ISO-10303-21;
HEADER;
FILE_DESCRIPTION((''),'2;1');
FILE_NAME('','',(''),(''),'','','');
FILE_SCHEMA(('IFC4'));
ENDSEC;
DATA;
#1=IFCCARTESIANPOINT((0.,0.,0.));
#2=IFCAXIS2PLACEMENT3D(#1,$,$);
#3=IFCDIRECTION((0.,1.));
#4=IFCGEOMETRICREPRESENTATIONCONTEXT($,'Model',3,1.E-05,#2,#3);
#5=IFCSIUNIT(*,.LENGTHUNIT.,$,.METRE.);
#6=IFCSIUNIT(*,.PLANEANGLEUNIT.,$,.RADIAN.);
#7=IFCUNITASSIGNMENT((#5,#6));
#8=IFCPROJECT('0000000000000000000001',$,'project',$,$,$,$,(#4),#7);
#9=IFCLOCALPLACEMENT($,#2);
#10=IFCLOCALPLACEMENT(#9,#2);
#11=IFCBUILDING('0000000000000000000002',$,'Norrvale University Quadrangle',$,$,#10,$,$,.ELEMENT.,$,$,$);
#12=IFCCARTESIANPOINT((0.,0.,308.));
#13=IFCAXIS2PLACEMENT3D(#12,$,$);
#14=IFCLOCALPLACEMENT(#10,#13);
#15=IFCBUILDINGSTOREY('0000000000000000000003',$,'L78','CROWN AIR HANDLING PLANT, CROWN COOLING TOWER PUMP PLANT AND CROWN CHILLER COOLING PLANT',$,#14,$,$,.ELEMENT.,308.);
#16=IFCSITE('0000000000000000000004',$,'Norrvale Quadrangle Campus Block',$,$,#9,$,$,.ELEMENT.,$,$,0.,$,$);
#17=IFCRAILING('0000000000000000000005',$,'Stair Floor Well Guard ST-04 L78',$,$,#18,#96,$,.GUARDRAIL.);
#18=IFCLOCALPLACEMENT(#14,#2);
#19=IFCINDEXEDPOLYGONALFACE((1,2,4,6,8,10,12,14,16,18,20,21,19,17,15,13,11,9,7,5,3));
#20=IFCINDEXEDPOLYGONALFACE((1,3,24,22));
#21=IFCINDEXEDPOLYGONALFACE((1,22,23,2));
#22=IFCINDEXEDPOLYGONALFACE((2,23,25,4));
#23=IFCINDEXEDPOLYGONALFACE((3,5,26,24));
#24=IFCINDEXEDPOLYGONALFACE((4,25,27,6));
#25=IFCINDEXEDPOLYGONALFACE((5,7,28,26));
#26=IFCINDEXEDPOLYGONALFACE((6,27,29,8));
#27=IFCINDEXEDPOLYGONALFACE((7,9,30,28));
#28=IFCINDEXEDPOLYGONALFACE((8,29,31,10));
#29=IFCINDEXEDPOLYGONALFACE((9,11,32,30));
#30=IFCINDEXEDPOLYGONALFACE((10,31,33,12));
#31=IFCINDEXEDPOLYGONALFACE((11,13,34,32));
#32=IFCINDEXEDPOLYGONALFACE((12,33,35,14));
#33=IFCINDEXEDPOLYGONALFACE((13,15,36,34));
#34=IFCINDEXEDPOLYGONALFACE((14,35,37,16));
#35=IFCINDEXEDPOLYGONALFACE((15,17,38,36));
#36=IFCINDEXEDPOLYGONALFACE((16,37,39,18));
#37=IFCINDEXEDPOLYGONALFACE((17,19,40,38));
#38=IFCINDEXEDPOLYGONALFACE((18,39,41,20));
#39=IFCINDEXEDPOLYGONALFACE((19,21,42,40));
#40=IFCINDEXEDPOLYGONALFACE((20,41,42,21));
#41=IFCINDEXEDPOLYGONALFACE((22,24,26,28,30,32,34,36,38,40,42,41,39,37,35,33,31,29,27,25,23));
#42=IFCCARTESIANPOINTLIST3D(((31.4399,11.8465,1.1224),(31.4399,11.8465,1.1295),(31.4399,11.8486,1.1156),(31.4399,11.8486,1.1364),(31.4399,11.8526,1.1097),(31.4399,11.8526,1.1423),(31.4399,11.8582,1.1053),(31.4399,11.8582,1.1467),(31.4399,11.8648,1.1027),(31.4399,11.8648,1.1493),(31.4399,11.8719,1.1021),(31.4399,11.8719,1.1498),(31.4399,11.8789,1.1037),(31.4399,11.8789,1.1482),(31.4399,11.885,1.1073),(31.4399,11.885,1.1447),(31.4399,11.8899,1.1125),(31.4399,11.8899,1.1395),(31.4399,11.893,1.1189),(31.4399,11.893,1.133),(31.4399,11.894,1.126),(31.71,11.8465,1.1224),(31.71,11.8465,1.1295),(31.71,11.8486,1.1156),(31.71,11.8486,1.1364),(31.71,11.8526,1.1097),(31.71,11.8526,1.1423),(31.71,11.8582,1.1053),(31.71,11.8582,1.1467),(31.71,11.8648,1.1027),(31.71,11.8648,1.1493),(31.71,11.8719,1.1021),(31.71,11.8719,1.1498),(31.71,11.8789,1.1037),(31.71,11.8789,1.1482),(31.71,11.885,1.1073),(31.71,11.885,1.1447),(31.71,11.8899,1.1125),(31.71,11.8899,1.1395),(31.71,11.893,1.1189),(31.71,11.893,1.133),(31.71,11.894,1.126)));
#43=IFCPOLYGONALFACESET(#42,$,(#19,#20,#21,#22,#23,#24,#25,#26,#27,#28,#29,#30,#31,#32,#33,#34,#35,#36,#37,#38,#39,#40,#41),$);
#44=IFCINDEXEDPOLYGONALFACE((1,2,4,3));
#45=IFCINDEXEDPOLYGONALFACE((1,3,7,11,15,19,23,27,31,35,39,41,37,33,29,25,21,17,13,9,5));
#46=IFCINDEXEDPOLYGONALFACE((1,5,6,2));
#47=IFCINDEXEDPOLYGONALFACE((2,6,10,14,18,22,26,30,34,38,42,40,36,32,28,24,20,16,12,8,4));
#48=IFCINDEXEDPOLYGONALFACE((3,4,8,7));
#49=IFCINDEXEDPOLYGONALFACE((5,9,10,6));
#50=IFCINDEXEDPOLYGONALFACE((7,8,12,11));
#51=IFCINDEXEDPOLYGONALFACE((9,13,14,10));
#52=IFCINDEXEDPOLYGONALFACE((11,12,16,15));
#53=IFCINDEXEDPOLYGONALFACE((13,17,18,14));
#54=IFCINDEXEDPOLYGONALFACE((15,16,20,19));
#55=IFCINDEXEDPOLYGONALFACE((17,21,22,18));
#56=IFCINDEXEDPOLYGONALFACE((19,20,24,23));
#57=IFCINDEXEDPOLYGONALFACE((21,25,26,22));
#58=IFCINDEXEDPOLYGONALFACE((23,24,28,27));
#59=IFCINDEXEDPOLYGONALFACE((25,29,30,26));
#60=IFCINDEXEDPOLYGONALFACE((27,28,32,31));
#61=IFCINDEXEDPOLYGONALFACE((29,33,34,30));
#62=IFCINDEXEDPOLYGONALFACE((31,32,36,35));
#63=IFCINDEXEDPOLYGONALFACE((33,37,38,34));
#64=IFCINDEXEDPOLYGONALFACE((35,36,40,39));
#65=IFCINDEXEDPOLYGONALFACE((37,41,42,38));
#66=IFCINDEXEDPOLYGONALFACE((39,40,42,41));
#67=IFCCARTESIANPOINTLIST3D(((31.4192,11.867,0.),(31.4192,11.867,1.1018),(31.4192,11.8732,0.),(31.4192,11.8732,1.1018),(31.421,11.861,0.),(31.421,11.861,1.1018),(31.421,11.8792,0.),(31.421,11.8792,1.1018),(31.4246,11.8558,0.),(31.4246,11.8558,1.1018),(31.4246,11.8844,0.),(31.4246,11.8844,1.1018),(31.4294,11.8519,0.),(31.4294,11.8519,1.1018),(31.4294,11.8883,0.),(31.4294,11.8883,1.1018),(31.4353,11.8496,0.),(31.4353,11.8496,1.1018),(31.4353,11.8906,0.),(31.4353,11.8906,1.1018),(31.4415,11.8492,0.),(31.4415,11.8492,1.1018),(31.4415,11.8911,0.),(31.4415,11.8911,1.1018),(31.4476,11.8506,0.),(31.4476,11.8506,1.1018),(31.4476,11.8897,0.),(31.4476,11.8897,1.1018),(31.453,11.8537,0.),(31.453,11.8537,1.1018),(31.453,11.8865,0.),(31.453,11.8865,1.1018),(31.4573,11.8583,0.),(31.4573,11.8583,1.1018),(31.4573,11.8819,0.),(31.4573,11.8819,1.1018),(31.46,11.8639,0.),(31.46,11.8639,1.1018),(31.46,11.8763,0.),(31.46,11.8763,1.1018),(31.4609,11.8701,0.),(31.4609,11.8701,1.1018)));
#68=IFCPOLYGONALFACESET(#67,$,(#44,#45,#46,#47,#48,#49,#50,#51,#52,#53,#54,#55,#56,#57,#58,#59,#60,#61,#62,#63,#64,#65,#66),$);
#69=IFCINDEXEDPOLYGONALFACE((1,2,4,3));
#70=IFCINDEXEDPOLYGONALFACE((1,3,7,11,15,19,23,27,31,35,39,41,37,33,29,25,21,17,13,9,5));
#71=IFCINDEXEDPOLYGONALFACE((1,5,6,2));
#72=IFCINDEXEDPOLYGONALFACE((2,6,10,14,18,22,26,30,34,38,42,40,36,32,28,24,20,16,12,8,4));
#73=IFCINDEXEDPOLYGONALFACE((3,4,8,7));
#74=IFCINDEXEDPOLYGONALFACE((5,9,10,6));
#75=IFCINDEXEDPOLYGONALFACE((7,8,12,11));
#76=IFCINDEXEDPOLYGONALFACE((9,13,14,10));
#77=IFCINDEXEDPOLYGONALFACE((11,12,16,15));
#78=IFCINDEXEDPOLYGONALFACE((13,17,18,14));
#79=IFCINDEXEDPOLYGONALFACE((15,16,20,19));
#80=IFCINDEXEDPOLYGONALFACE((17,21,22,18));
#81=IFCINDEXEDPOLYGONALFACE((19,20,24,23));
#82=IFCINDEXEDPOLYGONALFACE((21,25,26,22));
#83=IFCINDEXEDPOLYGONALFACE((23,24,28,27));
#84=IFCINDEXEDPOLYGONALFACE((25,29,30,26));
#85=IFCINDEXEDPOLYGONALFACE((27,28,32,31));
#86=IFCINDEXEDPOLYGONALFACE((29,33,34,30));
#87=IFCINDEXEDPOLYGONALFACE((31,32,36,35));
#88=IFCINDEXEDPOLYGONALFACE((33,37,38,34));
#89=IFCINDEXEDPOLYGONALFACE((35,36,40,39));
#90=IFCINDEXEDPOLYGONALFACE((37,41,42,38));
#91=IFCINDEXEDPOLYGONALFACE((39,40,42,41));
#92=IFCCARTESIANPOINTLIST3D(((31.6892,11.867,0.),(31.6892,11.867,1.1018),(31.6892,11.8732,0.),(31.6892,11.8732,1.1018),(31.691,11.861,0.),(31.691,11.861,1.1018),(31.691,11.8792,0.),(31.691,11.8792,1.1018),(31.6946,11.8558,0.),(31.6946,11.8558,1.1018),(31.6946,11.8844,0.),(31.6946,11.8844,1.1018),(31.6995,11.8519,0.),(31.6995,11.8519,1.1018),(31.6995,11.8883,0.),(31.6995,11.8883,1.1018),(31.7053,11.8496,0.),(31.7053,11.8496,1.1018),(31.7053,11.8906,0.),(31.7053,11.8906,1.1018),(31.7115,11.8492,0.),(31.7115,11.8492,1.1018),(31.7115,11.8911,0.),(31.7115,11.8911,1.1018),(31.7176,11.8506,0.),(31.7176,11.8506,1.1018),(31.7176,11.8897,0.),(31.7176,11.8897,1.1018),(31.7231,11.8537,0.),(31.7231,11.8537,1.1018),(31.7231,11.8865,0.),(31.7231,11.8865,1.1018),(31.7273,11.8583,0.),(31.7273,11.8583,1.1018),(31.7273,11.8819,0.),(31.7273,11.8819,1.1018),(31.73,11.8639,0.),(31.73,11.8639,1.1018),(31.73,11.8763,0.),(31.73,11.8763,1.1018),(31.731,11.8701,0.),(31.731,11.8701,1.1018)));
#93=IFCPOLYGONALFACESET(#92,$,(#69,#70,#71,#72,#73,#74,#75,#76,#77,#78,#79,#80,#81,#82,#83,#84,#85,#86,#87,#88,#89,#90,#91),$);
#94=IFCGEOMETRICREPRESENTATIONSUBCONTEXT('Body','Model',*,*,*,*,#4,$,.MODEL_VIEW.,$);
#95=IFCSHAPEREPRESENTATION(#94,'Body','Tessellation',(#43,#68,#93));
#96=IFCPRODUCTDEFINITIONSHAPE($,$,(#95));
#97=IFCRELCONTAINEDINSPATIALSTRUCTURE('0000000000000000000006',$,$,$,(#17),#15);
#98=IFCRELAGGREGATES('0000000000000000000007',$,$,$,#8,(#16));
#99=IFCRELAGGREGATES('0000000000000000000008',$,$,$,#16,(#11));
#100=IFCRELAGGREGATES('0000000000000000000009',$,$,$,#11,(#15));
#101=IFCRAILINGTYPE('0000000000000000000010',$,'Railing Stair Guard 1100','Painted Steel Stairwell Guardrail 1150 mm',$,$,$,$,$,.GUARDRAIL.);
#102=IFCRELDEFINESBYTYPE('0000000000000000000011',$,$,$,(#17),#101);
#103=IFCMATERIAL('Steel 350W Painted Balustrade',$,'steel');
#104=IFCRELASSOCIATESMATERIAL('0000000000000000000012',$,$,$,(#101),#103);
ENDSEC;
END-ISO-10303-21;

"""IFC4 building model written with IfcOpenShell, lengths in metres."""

from ifc_helpers import new_model, si_unit, direction, frame, origin, origin_2d, place, context, subcontext, project, spatial, circle, extrude, material, type_object, element, save


model = new_model("IFC4")

# Units and contexts
model_context = context("Model", 3, precision=1e-05, world=origin(), true_north=direction((0.0, 1.0)))
body_context = subcontext(model_context, "Body", "Model", "MODEL_VIEW")
ifc_project = project(units=[si_unit("LENGTHUNIT", "METRE"), si_unit("PLANEANGLEUNIT", "RADIAN")], contexts=[model_context])

# Site, building, storey
site_placement = place(None, origin())
site = spatial("IfcSite", under=ifc_project, at=site_placement, Name="Norrvale Quadrangle Campus Block", CompositionType="ELEMENT", RefElevation=0.0)
building_placement = place(site_placement, origin())
building = spatial("IfcBuilding", under=site, at=building_placement, Name="Norrvale University Quadrangle", CompositionType="ELEMENT")
storey_placement = place(building_placement, frame((0.0, 0.0, 308.0)))
storey = spatial("IfcBuildingStorey", under=building, at=storey_placement, Name="L78", Description="CROWN AIR HANDLING PLANT, CROWN COOLING TOWER PUMP PLANT AND CROWN CHILLER COOLING PLANT", CompositionType="ELEMENT", Elevation=308.0)

# Railing
ifc_material_1 = material(Name="Steel 350W Painted Balustrade", Category="steel")
railing_type_1 = type_object("IfcRailingType", Name="Railing Stair Guard 1100", Description="Painted Steel Stairwell Guardrail 1150 mm", PredefinedType="GUARDRAIL", material=ifc_material_1)
railing_1_placement = place(storey_placement, frame((31.4399, 11.8701, 0.0)))
element("IfcRailing", 1, at=railing_1_placement, inside=storey, type_object=railing_type_1, Name="Stair Floor Well Guard ST-04 L78", PredefinedType="GUARDRAIL", context=body_context, shape_type="SweptSolid", body=[
    extrude(circle(Radius=0.0239, at=origin_2d()), frame((0.0, 0.0, 1.126), z_axis=(1.0, 0.0, 0.0), x_axis=(0.0, 1.0, 0.0)), (0.0, 0.0, 1.0), 0.27),
    extrude(circle(Radius=0.021, at=origin_2d()), origin(), (0.0, 0.0, 1.0), 1.1018),
    extrude(circle(Radius=0.021, at=origin_2d()), frame((0.27, 0.0, 0.0)), (0.0, 0.0, 1.0), 1.1018),
])

save(model, "model.ifc")
